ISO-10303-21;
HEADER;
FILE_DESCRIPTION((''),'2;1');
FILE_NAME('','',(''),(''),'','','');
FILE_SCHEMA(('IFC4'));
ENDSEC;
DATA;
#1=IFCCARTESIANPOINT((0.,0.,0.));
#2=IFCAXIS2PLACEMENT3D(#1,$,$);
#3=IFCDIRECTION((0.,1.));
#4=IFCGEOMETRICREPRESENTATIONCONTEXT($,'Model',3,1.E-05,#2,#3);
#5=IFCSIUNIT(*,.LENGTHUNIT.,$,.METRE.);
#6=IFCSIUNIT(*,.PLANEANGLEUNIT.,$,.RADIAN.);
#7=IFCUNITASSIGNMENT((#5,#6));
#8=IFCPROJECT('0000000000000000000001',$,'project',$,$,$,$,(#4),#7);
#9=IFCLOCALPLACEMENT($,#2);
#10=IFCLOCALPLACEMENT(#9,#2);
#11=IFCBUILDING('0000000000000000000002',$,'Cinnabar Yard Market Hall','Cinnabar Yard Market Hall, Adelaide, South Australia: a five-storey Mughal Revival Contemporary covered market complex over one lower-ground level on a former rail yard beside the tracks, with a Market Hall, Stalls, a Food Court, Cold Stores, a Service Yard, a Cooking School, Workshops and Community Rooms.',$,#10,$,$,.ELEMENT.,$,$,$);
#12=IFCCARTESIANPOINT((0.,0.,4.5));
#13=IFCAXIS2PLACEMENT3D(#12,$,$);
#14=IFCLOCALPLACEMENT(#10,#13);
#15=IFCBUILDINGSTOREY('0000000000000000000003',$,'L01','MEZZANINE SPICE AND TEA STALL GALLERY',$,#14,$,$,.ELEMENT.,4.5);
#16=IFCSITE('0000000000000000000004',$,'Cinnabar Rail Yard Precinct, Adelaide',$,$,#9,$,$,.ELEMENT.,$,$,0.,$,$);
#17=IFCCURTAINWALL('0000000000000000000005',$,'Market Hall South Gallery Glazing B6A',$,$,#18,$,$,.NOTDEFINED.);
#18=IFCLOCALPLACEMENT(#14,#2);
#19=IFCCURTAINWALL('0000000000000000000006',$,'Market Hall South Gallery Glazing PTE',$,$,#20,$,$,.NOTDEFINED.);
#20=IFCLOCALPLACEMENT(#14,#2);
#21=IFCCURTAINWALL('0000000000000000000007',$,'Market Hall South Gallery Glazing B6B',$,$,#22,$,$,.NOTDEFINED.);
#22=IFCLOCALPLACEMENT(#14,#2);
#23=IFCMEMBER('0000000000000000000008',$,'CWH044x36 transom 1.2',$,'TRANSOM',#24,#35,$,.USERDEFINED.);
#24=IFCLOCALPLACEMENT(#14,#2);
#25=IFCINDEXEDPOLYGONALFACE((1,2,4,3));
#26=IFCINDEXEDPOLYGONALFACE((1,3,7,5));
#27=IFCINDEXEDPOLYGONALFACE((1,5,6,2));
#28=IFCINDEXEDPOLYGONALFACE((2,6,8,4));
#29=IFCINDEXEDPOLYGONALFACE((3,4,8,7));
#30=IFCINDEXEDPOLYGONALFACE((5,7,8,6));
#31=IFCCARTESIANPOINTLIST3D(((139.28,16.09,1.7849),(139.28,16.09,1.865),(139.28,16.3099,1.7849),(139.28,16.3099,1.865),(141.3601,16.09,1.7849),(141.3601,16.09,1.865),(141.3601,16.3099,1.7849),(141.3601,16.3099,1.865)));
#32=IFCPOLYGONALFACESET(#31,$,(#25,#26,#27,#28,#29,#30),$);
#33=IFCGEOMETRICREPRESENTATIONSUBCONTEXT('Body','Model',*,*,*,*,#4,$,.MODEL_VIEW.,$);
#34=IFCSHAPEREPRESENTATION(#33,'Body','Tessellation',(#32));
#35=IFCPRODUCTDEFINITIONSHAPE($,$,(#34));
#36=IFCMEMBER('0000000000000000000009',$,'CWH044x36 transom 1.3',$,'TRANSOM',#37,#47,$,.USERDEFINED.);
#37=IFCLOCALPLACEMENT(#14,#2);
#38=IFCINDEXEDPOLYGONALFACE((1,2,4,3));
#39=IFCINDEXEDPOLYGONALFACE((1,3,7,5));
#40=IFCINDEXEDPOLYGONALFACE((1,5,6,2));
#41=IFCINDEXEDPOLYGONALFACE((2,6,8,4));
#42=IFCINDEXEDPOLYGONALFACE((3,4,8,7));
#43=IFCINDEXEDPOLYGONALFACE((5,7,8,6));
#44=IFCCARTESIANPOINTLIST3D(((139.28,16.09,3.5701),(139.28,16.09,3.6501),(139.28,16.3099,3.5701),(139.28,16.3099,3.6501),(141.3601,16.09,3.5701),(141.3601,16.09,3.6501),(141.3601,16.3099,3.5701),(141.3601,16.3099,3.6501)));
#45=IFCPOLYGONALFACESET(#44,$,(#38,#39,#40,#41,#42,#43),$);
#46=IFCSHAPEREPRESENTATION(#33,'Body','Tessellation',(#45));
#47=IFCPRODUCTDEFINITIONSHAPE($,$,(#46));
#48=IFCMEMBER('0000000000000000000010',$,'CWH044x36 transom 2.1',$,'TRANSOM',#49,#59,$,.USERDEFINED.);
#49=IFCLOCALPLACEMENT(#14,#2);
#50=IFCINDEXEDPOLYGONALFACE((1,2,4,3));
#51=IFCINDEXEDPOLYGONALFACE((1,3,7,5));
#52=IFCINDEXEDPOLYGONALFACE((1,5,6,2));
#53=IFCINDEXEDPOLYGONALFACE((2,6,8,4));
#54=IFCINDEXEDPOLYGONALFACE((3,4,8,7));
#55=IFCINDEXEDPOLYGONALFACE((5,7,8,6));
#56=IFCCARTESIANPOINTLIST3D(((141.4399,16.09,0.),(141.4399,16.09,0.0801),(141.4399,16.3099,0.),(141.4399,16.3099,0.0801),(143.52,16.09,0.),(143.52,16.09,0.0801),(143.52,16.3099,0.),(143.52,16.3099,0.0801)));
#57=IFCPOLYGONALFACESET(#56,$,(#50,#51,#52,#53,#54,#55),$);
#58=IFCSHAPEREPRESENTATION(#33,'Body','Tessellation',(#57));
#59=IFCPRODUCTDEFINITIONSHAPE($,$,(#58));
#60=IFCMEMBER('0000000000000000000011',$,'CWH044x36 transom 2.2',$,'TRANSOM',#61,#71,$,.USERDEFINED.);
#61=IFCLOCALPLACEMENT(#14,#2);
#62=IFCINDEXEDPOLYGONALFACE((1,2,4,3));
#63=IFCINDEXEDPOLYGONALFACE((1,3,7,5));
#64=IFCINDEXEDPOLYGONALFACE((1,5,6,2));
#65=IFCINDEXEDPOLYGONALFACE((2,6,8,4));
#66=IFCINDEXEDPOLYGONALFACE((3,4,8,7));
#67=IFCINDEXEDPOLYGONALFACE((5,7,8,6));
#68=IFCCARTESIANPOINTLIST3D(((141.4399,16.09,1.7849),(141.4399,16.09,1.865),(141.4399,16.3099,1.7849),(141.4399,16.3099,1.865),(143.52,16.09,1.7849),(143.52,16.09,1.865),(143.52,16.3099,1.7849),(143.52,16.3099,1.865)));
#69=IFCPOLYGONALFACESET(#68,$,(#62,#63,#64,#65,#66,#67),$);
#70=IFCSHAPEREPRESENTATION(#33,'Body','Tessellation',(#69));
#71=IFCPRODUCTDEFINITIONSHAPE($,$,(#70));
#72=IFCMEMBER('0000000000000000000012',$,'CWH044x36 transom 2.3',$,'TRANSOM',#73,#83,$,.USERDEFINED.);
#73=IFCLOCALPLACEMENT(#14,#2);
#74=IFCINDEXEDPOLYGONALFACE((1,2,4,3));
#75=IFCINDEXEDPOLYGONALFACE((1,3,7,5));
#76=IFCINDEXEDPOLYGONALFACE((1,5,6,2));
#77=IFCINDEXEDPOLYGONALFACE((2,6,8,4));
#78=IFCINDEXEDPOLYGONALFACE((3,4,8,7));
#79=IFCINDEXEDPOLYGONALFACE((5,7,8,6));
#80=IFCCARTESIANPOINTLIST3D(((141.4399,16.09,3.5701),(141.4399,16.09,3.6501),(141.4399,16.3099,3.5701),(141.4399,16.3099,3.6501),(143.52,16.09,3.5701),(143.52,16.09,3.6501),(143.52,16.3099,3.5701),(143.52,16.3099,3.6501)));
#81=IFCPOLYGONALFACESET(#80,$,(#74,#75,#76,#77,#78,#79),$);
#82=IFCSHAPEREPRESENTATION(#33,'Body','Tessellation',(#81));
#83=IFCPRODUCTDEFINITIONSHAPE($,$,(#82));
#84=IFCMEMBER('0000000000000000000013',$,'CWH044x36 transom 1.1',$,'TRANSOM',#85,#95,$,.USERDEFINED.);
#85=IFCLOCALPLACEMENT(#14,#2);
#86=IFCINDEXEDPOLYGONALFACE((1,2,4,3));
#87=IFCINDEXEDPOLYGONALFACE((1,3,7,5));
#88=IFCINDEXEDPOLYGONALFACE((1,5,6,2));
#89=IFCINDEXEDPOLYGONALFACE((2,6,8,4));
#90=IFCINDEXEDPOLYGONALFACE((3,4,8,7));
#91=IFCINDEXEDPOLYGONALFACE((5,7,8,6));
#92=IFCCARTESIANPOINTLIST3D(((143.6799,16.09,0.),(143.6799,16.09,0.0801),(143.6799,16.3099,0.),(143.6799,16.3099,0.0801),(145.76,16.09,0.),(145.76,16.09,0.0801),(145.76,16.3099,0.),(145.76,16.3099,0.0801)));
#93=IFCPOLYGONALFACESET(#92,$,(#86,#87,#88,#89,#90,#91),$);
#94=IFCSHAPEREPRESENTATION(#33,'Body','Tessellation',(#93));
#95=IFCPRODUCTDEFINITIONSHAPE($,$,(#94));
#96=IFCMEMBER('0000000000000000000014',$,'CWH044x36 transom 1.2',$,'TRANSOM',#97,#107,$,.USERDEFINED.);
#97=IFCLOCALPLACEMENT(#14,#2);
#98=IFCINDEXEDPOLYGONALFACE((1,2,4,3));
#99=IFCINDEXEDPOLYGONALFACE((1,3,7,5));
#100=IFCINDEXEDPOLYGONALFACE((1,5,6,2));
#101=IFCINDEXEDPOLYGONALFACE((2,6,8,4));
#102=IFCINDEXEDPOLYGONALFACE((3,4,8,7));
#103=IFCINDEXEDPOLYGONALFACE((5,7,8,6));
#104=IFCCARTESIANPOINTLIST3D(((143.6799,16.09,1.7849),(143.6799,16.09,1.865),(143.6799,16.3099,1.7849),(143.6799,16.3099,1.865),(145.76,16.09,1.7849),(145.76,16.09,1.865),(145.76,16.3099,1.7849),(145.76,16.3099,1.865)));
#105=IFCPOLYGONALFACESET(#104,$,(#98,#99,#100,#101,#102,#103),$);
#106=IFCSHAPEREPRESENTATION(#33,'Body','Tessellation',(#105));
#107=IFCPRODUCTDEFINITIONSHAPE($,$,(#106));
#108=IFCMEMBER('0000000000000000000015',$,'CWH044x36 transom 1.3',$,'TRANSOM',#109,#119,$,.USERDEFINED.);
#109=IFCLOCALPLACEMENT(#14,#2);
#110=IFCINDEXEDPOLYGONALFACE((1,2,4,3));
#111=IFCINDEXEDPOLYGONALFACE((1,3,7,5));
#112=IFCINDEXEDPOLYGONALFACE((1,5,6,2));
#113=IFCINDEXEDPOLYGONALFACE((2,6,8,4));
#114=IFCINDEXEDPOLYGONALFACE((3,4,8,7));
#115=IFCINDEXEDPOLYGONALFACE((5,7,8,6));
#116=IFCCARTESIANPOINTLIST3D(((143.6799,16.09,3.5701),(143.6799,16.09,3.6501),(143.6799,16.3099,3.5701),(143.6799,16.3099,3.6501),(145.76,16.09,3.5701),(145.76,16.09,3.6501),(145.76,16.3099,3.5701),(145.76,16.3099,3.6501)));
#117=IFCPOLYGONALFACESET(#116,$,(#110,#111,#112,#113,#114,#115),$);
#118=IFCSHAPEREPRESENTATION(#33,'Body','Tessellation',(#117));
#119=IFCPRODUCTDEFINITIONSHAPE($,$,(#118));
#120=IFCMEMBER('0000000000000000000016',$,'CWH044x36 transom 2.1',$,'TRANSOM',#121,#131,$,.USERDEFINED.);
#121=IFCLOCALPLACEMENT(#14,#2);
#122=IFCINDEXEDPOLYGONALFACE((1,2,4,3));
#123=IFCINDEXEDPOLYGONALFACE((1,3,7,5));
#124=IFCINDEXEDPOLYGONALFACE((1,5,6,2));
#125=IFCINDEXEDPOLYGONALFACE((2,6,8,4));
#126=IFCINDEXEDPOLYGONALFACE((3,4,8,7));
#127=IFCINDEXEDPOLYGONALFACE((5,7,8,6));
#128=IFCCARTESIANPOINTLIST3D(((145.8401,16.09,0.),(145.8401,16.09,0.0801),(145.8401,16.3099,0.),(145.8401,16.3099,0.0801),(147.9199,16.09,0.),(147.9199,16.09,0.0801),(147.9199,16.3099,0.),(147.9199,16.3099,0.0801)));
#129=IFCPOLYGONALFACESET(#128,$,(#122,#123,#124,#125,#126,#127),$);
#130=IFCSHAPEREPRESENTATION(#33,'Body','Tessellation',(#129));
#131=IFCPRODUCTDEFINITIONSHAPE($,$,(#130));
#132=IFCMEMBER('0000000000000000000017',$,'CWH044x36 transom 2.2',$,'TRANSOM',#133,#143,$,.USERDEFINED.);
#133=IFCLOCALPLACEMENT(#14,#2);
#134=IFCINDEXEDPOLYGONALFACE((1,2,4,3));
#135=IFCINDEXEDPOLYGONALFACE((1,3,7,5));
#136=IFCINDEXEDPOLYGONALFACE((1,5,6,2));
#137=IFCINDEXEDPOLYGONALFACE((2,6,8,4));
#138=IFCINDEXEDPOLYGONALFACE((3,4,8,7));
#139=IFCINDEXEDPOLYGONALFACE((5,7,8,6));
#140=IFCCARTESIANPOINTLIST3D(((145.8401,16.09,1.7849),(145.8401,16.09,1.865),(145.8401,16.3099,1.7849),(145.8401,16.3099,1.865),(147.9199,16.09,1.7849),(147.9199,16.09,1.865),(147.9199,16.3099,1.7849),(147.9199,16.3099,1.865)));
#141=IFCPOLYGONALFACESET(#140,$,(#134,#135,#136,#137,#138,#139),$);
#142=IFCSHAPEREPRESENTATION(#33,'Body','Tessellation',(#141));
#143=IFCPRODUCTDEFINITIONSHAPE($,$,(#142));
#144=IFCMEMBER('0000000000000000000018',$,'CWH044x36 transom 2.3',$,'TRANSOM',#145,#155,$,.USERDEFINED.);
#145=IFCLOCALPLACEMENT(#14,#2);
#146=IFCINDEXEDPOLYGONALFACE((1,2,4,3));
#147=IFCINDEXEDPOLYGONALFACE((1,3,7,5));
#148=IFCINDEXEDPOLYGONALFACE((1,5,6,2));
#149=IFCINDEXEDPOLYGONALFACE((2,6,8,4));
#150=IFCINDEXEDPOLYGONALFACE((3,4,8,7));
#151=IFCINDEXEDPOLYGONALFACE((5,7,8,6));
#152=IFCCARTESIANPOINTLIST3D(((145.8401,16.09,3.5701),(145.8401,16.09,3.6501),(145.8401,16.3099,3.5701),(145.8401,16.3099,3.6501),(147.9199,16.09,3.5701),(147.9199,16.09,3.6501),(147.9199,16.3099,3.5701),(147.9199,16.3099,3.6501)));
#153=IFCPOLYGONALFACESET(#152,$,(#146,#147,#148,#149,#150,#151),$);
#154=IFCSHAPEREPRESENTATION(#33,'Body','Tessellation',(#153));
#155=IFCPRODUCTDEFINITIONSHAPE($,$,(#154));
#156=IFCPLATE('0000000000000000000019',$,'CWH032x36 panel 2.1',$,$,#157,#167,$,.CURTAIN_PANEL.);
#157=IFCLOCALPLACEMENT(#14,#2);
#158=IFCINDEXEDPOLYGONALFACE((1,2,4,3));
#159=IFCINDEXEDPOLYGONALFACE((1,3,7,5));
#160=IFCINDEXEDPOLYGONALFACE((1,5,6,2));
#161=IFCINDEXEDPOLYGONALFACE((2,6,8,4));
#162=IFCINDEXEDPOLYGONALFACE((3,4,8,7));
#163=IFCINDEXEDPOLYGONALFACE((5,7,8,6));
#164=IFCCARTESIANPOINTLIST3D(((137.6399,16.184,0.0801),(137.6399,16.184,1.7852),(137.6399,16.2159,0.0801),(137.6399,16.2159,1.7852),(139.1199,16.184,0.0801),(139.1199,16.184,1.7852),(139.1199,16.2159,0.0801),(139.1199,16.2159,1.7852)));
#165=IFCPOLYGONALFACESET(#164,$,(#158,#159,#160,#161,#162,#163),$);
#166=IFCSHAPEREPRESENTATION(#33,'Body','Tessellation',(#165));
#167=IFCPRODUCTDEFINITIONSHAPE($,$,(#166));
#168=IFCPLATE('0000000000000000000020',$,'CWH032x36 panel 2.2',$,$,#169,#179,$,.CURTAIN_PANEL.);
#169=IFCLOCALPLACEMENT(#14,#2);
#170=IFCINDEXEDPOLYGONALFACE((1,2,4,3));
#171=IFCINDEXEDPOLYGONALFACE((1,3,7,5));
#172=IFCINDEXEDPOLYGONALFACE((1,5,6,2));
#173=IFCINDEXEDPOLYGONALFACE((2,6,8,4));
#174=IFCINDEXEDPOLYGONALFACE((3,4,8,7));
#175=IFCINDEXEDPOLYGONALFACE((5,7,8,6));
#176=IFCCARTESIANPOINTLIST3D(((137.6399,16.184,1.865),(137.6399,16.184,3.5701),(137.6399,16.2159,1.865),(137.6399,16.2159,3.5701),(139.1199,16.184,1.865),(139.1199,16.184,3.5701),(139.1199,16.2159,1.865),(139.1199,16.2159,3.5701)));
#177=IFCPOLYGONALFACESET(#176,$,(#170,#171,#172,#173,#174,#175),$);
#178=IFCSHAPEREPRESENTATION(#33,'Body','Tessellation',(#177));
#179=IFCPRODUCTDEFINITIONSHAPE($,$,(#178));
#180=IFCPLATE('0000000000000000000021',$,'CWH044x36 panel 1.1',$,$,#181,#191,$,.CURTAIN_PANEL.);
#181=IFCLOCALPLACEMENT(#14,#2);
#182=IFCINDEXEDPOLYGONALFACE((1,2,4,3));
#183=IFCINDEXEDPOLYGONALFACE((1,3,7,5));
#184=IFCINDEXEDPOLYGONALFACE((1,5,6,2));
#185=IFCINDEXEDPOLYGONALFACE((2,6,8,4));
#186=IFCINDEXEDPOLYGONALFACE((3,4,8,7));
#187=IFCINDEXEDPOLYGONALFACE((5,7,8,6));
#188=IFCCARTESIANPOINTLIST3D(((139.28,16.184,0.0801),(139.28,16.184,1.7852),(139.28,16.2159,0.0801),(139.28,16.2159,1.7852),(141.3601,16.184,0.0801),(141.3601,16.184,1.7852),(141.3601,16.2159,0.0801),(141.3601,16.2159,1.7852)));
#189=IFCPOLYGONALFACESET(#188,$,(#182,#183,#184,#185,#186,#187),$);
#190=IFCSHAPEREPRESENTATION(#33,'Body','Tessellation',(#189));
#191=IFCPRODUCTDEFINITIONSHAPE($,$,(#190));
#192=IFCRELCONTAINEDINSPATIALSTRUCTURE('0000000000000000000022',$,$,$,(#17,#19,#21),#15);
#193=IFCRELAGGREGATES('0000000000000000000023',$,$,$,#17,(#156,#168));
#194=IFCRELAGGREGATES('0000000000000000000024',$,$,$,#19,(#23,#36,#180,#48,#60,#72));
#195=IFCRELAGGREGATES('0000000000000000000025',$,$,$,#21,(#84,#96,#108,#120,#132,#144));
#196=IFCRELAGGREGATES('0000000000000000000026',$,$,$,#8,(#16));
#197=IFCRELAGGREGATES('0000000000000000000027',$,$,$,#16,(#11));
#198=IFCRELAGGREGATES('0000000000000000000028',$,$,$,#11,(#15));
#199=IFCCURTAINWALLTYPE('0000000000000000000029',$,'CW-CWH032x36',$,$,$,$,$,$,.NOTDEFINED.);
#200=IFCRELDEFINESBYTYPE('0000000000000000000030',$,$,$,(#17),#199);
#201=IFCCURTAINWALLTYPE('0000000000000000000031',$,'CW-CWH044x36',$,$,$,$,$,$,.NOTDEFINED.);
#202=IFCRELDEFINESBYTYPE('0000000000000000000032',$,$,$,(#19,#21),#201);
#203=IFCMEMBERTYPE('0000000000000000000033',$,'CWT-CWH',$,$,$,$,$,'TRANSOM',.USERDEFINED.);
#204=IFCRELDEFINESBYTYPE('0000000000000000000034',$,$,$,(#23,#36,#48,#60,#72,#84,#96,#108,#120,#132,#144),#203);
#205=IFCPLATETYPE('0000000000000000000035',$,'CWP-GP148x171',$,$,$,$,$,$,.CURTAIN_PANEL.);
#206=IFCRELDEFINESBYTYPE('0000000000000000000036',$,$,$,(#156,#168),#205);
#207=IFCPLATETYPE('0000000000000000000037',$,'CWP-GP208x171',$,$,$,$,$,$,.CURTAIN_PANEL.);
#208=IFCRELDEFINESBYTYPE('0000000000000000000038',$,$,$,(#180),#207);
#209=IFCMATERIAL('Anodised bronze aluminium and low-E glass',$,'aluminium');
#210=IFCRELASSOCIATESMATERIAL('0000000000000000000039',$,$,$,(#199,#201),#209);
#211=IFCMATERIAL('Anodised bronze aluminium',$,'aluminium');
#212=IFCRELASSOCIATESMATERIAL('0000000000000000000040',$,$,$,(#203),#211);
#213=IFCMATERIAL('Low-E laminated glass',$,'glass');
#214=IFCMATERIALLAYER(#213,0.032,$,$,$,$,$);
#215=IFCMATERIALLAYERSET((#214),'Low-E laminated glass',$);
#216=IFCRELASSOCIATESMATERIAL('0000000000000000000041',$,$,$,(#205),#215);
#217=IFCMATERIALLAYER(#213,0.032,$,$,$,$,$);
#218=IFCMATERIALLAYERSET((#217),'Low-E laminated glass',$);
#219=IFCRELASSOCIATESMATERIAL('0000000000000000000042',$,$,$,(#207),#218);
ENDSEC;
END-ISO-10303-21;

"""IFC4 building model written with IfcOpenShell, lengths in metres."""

from ifc_helpers import new_model, si_unit, direction, frame, origin, origin_2d_with_axis, place, context, subcontext, project, spatial, rectangle, extrude, material, layer, layer_set, material_profile, profile_set, type_object, element, aggregate, save


model = new_model("IFC4")

# Units and contexts
model_context = context("Model", 3, precision=1e-05, world=origin(), true_north=direction((0.0, 1.0)))
body_context = subcontext(model_context, "Body", "Model", "MODEL_VIEW")
ifc_project = project(units=[si_unit("LENGTHUNIT", "METRE"), si_unit("PLANEANGLEUNIT", "RADIAN")], contexts=[model_context])

# Site, building, storey
site_placement = place(None, origin())
site = spatial("IfcSite", under=ifc_project, at=site_placement, Name="Cinnabar Rail Yard Precinct, Adelaide", CompositionType="ELEMENT", RefElevation=0.0)
building_placement = place(site_placement, origin())
building = spatial("IfcBuilding", under=site, at=building_placement, Name="Cinnabar Yard Market Hall", Description="Cinnabar Yard Market Hall, Adelaide, South Australia: a five-storey Mughal Revival Contemporary covered market complex over one lower-ground level on a former rail yard beside the tracks, with a Market Hall, Stalls, a Food Court, Cold Stores, a Service Yard, a Cooking School, Workshops and Community Rooms.", CompositionType="ELEMENT")
storey_placement = place(building_placement, frame((0.0, 0.0, 4.5)))
storey = spatial("IfcBuildingStorey", under=building, at=storey_placement, Name="L01", Description="MEZZANINE SPICE AND TEA STALL GALLERY", CompositionType="ELEMENT", Elevation=4.5)

# Curtain wall
ifc_material_1 = material(Name="Anodised bronze aluminium and low-E glass", Category="aluminium")
curtain_wall_type_1 = type_object("IfcCurtainWallType", Name="CW-CWH032x36", PredefinedType="NOTDEFINED", material=ifc_material_1)
curtain_wall_1_placement = place(storey_placement, origin())
curtain_wall_1 = element("IfcCurtainWall", 1, at=curtain_wall_1_placement, inside=storey, type_object=curtain_wall_type_1, Name="Market Hall South Gallery Glazing B6A", PredefinedType="NOTDEFINED")
ifc_material_2 = material(Name="Anodised bronze aluminium", Category="aluminium")

# Curtain walls
curtain_wall_type_2 = type_object("IfcCurtainWallType", Name="CW-CWH044x36", PredefinedType="NOTDEFINED", material=ifc_material_1)
curtain_wall_2_placement = place(storey_placement, origin())
curtain_wall_2 = element("IfcCurtainWall", 2, at=curtain_wall_2_placement, inside=storey, type_object=curtain_wall_type_2, Name="Market Hall South Gallery Glazing PTE", PredefinedType="NOTDEFINED")
curtain_wall_3_placement = place(storey_placement, origin())
curtain_wall_3 = element("IfcCurtainWall", 3, at=curtain_wall_3_placement, inside=storey, type_object=curtain_wall_type_2, Name="Market Hall South Gallery Glazing B6B", PredefinedType="NOTDEFINED")

# Members
ifc_material_profile_1 = material_profile(ifc_material_2, rectangle(XDim=0.22, YDim=0.0801, at=origin_2d_with_axis()), Name="TRN-CWH")
ifc_profile_set_1 = profile_set([ifc_material_profile_1], Name="Anodised bronze aluminium")
member_type_1 = type_object("IfcMemberType", Name="CWT-CWH", ElementType="TRANSOM", PredefinedType="USERDEFINED", material=ifc_profile_set_1)
member_1_placement = place(storey_placement, frame((139.28, 16.2, 1.825), z_axis=(1.0, 0.0, 0.0), x_axis=(0.0, 1.0, 0.0)))
member_1 = element("IfcMember", 4, at=member_1_placement, type_object=member_type_1, Name="CWH044x36 transom 1.2", ObjectType="TRANSOM", PredefinedType="USERDEFINED", context=body_context, shape_type="SweptSolid", body=[
    extrude(rectangle(XDim=0.22, YDim=0.0801, at=origin_2d_with_axis()), origin(), (0.0, 0.0, 1.0), 2.0801),
])
member_2_placement = place(storey_placement, frame((139.28, 16.2, 3.6101), z_axis=(1.0, 0.0, 0.0), x_axis=(0.0, 1.0, 0.0)))
member_2 = element("IfcMember", 5, at=member_2_placement, type_object=member_type_1, Name="CWH044x36 transom 1.3", ObjectType="TRANSOM", PredefinedType="USERDEFINED", context=body_context, shape_type="SweptSolid", body=[
    extrude(rectangle(XDim=0.22, YDim=0.0801, at=origin_2d_with_axis()), origin(), (0.0, 0.0, 1.0), 2.0801),
])
member_3_placement = place(storey_placement, frame((141.4399, 16.2, 0.04), z_axis=(1.0, 0.0, 0.0), x_axis=(0.0, 1.0, 0.0)))
member_3 = element("IfcMember", 6, at=member_3_placement, type_object=member_type_1, Name="CWH044x36 transom 2.1", ObjectType="TRANSOM", PredefinedType="USERDEFINED", context=body_context, shape_type="SweptSolid", body=[
    extrude(rectangle(XDim=0.22, YDim=0.0801, at=origin_2d_with_axis()), origin(), (0.0, 0.0, 1.0), 2.0801),
])
member_4_placement = place(storey_placement, frame((141.4399, 16.2, 1.825), z_axis=(1.0, 0.0, 0.0), x_axis=(0.0, 1.0, 0.0)))
member_4 = element("IfcMember", 7, at=member_4_placement, type_object=member_type_1, Name="CWH044x36 transom 2.2", ObjectType="TRANSOM", PredefinedType="USERDEFINED", context=body_context, shape_type="SweptSolid", body=[
    extrude(rectangle(XDim=0.22, YDim=0.0801, at=origin_2d_with_axis()), origin(), (0.0, 0.0, 1.0), 2.0801),
])
member_5_placement = place(storey_placement, frame((141.4399, 16.2, 3.6101), z_axis=(1.0, 0.0, 0.0), x_axis=(0.0, 1.0, 0.0)))
member_5 = element("IfcMember", 8, at=member_5_placement, type_object=member_type_1, Name="CWH044x36 transom 2.3", ObjectType="TRANSOM", PredefinedType="USERDEFINED", context=body_context, shape_type="SweptSolid", body=[
    extrude(rectangle(XDim=0.22, YDim=0.0801, at=origin_2d_with_axis()), origin(), (0.0, 0.0, 1.0), 2.0801),
])
member_6_placement = place(storey_placement, frame((143.6799, 16.2, 0.04), z_axis=(1.0, 0.0, 0.0), x_axis=(0.0, 1.0, 0.0)))
member_6 = element("IfcMember", 9, at=member_6_placement, type_object=member_type_1, Name="CWH044x36 transom 1.1", ObjectType="TRANSOM", PredefinedType="USERDEFINED", context=body_context, shape_type="SweptSolid", body=[
    extrude(rectangle(XDim=0.22, YDim=0.0801, at=origin_2d_with_axis()), origin(), (0.0, 0.0, 1.0), 2.0801),
])
member_7_placement = place(storey_placement, frame((143.6799, 16.2, 1.825), z_axis=(1.0, 0.0, 0.0), x_axis=(0.0, 1.0, 0.0)))
member_7 = element("IfcMember", 10, at=member_7_placement, type_object=member_type_1, Name="CWH044x36 transom 1.2", ObjectType="TRANSOM", PredefinedType="USERDEFINED", context=body_context, shape_type="SweptSolid", body=[
    extrude(rectangle(XDim=0.22, YDim=0.0801, at=origin_2d_with_axis()), origin(), (0.0, 0.0, 1.0), 2.0801),
])
member_8_placement = place(storey_placement, frame((143.6799, 16.2, 3.6101), z_axis=(1.0, 0.0, 0.0), x_axis=(0.0, 1.0, 0.0)))
member_8 = element("IfcMember", 11, at=member_8_placement, type_object=member_type_1, Name="CWH044x36 transom 1.3", ObjectType="TRANSOM", PredefinedType="USERDEFINED", context=body_context, shape_type="SweptSolid", body=[
    extrude(rectangle(XDim=0.22, YDim=0.0801, at=origin_2d_with_axis()), origin(), (0.0, 0.0, 1.0), 2.0801),
])
member_9_placement = place(storey_placement, frame((145.8401, 16.2, 0.04), z_axis=(1.0, 0.0, 0.0), x_axis=(0.0, 1.0, 0.0)))
member_9 = element("IfcMember", 12, at=member_9_placement, type_object=member_type_1, Name="CWH044x36 transom 2.1", ObjectType="TRANSOM", PredefinedType="USERDEFINED", context=body_context, shape_type="SweptSolid", body=[
    extrude(rectangle(XDim=0.22, YDim=0.0801, at=origin_2d_with_axis()), origin(), (0.0, 0.0, 1.0), 2.0798),
])
member_10_placement = place(storey_placement, frame((145.8401, 16.2, 1.825), z_axis=(1.0, 0.0, 0.0), x_axis=(0.0, 1.0, 0.0)))
member_10 = element("IfcMember", 13, at=member_10_placement, type_object=member_type_1, Name="CWH044x36 transom 2.2", ObjectType="TRANSOM", PredefinedType="USERDEFINED", context=body_context, shape_type="SweptSolid", body=[
    extrude(rectangle(XDim=0.22, YDim=0.0801, at=origin_2d_with_axis()), origin(), (0.0, 0.0, 1.0), 2.0798),
])
member_11_placement = place(storey_placement, frame((145.8401, 16.2, 3.6101), z_axis=(1.0, 0.0, 0.0), x_axis=(0.0, 1.0, 0.0)))
member_11 = element("IfcMember", 14, at=member_11_placement, type_object=member_type_1, Name="CWH044x36 transom 2.3", ObjectType="TRANSOM", PredefinedType="USERDEFINED", context=body_context, shape_type="SweptSolid", body=[
    extrude(rectangle(XDim=0.22, YDim=0.0801, at=origin_2d_with_axis()), origin(), (0.0, 0.0, 1.0), 2.0798),
])

# Plates
ifc_material_3 = material(Name="Low-E laminated glass", Category="glass")
ifc_layer_1 = layer(ifc_material_3, 0.032)
ifc_layer_set_1 = layer_set([ifc_layer_1], Name="Low-E laminated glass")
plate_type_1 = type_object("IfcPlateType", Name="CWP-GP148x171", PredefinedType="CURTAIN_PANEL", material=ifc_layer_set_1)
plate_1_placement = place(storey_placement, frame((138.3799, 16.2, 0.0801), z_axis=(0.0, 0.0, 1.0), x_axis=(1.0, 0.0, 0.0)))
plate_1 = element("IfcPlate", 15, at=plate_1_placement, type_object=plate_type_1, Name="CWH032x36 panel 2.1", PredefinedType="CURTAIN_PANEL", context=body_context, shape_type="SweptSolid", body=[
    extrude(rectangle(XDim=1.48, YDim=0.032, at=origin_2d_with_axis()), origin(), (0.0, 0.0, 1.0), 1.7051),
])
plate_2_placement = place(storey_placement, frame((138.3799, 16.2, 1.865), z_axis=(0.0, 0.0, 1.0), x_axis=(1.0, 0.0, 0.0)))
plate_2 = element("IfcPlate", 16, at=plate_2_placement, type_object=plate_type_1, Name="CWH032x36 panel 2.2", PredefinedType="CURTAIN_PANEL", context=body_context, shape_type="SweptSolid", body=[
    extrude(rectangle(XDim=1.48, YDim=0.032, at=origin_2d_with_axis()), origin(), (0.0, 0.0, 1.0), 1.7051),
])
aggregate(curtain_wall_1, [plate_1, plate_2])
ifc_layer_2 = layer(ifc_material_3, 0.032)
ifc_layer_set_2 = layer_set([ifc_layer_2], Name="Low-E laminated glass")
plate_type_2 = type_object("IfcPlateType", Name="CWP-GP208x171", PredefinedType="CURTAIN_PANEL", material=ifc_layer_set_2)
plate_3_placement = place(storey_placement, frame((140.3201, 16.2, 0.0801), z_axis=(0.0, 0.0, 1.0), x_axis=(1.0, 0.0, 0.0)))
plate_3 = element("IfcPlate", 17, at=plate_3_placement, type_object=plate_type_2, Name="CWH044x36 panel 1.1", PredefinedType="CURTAIN_PANEL", context=body_context, shape_type="SweptSolid", body=[
    extrude(rectangle(XDim=2.0801, YDim=0.032, at=origin_2d_with_axis()), origin(), (0.0, 0.0, 1.0), 1.7051),
])
aggregate(curtain_wall_2, [member_1, member_2, plate_3, member_3, member_4, member_5])
aggregate(curtain_wall_3, [member_6, member_7, member_8, member_9, member_10, member_11])

save(model, "model.ifc")
